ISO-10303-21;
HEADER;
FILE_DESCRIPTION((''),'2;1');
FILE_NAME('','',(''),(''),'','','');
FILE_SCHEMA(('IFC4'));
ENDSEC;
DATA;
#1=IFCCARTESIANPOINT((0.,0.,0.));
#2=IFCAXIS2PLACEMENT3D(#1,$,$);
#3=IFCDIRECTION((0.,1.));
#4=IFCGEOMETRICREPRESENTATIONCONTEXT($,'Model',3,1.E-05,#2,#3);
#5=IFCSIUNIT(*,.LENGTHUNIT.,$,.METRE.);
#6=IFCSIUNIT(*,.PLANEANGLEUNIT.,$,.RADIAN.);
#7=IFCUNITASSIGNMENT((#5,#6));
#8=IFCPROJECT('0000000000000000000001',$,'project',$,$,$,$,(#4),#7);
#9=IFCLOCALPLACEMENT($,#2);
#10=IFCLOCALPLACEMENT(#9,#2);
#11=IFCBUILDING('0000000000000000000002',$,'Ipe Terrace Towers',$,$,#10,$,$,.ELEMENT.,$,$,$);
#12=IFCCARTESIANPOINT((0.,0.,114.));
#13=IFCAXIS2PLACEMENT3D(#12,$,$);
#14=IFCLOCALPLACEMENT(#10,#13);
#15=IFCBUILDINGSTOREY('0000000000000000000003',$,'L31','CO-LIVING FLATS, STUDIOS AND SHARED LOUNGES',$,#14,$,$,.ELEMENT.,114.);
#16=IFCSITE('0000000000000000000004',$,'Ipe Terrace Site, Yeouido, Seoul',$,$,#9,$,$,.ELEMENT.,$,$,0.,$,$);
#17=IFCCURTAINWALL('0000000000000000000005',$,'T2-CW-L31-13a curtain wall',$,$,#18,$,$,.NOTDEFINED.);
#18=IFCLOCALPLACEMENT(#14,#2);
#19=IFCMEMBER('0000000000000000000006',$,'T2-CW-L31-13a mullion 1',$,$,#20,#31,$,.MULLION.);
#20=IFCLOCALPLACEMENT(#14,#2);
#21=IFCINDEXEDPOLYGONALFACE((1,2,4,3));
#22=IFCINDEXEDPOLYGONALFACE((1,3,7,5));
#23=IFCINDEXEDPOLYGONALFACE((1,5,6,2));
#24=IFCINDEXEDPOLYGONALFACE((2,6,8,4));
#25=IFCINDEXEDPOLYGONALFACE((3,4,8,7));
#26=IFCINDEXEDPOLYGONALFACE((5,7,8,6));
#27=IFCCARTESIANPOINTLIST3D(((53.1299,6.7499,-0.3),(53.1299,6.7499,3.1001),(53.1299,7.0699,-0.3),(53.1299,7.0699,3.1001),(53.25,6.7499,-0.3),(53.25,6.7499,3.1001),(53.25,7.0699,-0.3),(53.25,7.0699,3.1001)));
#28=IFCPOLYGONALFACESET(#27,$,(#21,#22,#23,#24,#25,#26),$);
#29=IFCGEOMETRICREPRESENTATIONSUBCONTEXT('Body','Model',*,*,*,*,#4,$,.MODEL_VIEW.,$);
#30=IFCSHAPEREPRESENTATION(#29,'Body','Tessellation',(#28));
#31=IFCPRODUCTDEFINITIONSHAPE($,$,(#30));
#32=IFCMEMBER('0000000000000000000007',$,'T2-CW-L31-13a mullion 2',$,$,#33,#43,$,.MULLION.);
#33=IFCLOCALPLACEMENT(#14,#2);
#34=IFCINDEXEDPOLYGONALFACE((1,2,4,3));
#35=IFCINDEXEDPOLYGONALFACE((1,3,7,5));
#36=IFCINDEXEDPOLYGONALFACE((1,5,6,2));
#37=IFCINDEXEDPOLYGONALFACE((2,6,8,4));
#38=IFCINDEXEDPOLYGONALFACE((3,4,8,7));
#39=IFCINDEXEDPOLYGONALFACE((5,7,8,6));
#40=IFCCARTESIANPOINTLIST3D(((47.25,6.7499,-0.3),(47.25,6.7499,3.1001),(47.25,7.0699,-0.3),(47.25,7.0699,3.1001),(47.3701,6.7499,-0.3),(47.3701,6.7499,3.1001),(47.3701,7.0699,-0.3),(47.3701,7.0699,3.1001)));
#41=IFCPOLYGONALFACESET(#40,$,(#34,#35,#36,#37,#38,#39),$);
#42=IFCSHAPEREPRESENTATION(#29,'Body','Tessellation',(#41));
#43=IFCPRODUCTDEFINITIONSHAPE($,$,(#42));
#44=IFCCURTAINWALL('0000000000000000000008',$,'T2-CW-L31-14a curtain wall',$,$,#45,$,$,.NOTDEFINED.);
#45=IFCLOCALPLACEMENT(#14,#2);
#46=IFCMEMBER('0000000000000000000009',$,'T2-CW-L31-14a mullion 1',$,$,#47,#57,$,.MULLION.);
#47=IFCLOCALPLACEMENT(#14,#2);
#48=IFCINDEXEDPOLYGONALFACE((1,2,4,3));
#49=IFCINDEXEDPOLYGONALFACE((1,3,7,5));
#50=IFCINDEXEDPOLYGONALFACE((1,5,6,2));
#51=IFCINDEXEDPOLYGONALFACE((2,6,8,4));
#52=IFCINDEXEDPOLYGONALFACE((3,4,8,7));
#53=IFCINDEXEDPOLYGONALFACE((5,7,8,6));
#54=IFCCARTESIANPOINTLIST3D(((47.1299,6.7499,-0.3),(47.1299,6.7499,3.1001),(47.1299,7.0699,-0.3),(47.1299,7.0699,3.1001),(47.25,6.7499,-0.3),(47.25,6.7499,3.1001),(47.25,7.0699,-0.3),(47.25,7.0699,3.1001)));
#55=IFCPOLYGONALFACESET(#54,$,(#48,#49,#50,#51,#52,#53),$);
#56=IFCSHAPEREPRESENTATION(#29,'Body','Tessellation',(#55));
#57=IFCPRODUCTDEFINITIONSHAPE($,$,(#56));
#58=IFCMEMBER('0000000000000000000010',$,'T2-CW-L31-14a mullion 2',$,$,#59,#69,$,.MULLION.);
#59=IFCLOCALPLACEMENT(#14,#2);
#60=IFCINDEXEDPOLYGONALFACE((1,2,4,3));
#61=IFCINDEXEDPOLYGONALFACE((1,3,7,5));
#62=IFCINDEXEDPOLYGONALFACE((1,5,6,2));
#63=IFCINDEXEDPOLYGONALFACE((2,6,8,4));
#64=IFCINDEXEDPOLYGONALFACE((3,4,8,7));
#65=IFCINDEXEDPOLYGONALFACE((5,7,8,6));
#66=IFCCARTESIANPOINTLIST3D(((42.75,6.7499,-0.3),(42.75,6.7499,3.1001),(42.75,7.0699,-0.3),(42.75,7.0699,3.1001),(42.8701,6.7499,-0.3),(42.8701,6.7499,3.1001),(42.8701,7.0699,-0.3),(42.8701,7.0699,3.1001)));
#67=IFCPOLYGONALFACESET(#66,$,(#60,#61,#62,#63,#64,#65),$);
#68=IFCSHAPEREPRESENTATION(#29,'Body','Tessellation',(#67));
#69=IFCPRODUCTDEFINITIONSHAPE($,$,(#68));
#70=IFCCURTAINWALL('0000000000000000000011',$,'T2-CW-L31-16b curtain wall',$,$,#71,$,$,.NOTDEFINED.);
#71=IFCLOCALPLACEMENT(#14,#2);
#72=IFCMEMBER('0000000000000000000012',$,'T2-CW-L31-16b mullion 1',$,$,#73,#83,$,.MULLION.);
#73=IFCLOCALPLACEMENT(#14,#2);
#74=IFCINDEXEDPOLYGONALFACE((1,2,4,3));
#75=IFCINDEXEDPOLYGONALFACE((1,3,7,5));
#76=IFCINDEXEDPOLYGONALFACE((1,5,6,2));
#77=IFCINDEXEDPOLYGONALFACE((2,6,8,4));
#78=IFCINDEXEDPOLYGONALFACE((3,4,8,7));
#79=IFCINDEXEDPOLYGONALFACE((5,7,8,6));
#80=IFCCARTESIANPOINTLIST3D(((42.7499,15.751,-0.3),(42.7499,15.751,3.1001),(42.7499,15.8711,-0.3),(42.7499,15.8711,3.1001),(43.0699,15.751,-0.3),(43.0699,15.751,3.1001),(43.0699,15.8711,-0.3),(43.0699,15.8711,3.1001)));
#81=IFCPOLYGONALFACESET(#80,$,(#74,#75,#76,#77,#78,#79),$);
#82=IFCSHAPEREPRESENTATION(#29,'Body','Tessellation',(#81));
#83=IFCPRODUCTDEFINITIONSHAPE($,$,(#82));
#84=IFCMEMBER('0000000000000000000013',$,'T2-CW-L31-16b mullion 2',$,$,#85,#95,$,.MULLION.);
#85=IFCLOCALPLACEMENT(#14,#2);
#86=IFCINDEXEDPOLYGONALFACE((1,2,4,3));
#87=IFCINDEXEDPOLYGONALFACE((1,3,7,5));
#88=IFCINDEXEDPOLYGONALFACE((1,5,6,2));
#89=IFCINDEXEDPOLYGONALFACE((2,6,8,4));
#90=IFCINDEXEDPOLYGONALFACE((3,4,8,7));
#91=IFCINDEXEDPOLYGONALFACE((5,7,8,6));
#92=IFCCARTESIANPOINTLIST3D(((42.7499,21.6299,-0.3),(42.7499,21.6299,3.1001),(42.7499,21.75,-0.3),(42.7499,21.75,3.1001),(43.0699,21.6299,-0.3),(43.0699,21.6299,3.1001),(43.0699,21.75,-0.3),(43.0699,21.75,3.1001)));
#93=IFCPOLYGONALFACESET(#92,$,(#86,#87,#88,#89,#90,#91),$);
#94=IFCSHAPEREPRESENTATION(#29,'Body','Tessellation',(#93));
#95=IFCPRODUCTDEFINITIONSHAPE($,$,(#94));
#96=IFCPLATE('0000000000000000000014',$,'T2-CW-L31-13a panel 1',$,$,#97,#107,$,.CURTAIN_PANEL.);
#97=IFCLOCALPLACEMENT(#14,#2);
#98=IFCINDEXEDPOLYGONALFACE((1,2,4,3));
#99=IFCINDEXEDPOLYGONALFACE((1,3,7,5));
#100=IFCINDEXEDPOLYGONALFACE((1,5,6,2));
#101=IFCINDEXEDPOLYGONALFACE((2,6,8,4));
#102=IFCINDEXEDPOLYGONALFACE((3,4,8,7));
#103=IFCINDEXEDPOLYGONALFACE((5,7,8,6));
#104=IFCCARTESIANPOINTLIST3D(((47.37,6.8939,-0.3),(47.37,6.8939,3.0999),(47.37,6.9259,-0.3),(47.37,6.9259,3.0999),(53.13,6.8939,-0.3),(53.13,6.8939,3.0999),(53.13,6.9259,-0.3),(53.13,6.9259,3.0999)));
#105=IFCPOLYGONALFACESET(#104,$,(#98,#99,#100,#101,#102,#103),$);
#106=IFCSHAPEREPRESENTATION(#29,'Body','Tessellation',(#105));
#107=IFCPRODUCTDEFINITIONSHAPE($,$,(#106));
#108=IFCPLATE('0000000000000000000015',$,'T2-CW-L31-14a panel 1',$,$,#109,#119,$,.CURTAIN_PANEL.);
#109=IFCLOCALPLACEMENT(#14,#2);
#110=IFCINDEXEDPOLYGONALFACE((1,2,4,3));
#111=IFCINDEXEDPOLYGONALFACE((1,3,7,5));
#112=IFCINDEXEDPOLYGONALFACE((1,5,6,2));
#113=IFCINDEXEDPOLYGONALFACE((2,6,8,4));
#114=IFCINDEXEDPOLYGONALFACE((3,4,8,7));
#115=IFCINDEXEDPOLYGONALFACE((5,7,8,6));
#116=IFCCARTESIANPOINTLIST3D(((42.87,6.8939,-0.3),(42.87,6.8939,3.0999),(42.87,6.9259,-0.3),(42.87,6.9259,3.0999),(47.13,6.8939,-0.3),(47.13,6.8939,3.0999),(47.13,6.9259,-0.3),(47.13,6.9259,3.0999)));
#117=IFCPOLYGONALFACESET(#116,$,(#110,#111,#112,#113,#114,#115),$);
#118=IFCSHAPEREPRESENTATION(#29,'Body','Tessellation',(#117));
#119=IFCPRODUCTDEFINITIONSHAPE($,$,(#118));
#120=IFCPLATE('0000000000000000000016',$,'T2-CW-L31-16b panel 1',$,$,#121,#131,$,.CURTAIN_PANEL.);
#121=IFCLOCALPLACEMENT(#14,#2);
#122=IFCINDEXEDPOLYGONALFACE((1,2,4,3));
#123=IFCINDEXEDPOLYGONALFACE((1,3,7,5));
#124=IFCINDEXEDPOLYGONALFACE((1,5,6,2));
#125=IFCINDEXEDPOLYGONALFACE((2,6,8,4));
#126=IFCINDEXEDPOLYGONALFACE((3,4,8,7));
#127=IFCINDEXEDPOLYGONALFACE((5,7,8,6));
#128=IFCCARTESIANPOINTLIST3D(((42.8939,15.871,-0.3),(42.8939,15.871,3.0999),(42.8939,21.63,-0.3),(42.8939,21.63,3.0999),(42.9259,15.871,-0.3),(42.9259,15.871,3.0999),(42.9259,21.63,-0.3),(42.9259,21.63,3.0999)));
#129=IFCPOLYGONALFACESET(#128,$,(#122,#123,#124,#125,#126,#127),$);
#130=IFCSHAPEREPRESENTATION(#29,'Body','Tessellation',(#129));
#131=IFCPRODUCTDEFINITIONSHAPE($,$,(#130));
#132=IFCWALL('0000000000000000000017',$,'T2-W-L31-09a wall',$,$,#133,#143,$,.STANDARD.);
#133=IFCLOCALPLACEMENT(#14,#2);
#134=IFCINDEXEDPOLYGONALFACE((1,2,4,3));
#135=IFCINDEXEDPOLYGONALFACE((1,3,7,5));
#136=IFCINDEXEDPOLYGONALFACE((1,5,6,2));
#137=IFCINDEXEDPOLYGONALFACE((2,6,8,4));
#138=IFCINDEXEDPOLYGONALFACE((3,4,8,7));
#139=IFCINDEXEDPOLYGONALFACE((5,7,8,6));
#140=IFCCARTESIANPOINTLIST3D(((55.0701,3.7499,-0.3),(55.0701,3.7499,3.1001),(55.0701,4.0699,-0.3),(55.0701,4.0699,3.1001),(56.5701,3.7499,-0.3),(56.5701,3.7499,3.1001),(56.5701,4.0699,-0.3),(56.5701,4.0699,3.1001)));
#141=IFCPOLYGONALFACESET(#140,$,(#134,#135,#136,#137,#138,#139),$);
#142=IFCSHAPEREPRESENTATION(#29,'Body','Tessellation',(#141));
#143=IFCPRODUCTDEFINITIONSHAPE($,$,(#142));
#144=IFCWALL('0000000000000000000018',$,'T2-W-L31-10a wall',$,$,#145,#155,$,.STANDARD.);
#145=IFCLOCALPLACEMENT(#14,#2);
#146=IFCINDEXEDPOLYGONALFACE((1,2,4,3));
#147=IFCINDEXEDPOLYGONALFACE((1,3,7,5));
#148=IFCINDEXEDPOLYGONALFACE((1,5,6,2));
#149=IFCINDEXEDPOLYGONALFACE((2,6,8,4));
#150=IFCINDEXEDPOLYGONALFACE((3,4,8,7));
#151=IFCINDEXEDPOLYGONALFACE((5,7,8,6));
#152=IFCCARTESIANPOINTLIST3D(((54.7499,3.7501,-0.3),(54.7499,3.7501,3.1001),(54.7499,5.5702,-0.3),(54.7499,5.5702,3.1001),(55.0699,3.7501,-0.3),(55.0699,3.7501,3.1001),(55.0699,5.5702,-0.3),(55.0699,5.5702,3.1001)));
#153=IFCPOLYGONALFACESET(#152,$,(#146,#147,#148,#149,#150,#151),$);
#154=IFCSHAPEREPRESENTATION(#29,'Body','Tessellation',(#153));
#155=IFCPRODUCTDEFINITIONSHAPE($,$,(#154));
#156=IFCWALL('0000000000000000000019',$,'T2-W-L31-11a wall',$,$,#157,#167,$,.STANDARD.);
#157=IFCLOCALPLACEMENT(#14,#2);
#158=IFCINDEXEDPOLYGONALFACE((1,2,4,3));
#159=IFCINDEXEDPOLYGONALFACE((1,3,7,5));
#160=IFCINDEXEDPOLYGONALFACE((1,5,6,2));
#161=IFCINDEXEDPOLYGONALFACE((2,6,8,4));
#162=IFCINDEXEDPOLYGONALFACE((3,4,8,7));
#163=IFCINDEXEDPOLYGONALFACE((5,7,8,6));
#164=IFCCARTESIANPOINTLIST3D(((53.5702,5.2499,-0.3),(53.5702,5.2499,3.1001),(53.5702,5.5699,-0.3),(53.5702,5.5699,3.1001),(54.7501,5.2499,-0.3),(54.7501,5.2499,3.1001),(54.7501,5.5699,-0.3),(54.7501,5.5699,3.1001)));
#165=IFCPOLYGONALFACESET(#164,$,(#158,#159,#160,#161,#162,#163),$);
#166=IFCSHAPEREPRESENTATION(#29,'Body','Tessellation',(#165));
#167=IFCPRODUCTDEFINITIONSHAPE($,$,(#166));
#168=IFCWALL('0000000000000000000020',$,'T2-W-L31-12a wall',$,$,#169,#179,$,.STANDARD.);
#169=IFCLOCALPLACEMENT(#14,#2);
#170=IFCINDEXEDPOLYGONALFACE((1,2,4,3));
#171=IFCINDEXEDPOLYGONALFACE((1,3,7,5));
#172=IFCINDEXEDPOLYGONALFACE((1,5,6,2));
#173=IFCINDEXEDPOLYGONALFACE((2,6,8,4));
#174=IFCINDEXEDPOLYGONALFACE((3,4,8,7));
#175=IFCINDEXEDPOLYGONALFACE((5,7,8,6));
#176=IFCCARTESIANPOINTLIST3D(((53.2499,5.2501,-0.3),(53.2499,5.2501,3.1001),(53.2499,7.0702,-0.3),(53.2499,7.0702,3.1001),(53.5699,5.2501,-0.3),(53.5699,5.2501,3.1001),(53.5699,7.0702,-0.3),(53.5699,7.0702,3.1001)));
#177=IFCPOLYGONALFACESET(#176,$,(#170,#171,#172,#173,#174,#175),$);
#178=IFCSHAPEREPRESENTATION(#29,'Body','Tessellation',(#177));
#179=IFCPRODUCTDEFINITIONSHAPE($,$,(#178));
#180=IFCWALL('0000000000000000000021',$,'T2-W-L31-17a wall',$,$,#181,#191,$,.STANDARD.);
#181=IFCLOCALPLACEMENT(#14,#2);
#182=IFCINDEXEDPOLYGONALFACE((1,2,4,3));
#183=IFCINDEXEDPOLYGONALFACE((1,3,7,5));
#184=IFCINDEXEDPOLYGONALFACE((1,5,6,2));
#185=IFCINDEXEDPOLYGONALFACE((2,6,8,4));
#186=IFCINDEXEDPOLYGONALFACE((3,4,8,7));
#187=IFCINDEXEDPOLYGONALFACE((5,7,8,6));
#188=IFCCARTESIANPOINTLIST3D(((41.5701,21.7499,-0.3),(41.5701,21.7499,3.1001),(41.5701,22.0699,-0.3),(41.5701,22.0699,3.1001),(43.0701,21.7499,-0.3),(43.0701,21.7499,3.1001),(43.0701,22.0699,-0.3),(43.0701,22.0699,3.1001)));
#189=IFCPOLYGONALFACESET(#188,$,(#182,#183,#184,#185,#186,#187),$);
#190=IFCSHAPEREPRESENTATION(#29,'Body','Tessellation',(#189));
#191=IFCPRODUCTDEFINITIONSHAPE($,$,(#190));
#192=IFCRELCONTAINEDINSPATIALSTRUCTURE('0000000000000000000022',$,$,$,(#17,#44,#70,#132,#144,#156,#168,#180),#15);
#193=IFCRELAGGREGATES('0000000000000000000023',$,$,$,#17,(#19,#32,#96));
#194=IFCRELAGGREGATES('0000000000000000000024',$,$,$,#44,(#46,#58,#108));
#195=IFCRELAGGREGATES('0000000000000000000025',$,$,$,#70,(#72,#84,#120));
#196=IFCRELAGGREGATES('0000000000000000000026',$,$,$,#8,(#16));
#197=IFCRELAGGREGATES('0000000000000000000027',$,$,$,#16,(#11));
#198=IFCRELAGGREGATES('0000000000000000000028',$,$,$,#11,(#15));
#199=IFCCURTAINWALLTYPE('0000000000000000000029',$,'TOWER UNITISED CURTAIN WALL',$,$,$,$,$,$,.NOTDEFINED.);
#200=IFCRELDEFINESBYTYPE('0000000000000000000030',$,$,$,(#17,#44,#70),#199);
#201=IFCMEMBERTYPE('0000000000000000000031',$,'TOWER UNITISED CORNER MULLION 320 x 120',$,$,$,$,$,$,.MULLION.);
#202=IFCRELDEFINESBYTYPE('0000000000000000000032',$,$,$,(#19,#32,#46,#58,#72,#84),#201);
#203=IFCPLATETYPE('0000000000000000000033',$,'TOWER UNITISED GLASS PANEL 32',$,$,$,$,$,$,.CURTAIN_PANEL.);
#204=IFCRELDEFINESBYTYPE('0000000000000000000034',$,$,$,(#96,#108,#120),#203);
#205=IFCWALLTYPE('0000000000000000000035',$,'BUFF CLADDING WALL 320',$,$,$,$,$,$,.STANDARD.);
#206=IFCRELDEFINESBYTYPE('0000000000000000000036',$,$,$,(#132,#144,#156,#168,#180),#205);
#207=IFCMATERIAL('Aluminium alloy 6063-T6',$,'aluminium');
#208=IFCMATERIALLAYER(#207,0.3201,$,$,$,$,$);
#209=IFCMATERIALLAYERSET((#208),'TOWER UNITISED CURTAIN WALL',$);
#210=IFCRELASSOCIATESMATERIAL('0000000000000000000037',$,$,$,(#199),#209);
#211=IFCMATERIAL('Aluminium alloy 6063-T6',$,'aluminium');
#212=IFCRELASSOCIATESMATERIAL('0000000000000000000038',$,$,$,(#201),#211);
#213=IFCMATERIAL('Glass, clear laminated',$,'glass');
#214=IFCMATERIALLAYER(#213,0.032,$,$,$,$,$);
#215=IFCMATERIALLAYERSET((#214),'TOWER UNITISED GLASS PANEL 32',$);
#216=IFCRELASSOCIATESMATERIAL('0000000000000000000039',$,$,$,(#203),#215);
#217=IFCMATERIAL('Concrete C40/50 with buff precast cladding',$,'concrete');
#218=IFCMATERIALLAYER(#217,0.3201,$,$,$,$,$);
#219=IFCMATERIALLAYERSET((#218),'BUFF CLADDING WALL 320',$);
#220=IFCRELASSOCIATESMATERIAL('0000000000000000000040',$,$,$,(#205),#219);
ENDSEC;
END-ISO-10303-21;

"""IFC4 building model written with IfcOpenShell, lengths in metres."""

from ifc_helpers import new_model, si_unit, direction, frame, frame_2d, origin, origin_2d, place, context, subcontext, project, spatial, rectangle, extrude, material, layer, layer_set, material_profile, profile_set, type_object, element, aggregate, save


model = new_model("IFC4")

# Units and contexts
model_context = context("Model", 3, precision=1e-05, world=origin(), true_north=direction((0.0, 1.0)))
body_context = subcontext(model_context, "Body", "Model", "MODEL_VIEW")
ifc_project = project(units=[si_unit("LENGTHUNIT", "METRE"), si_unit("PLANEANGLEUNIT", "RADIAN")], contexts=[model_context])

# Site, building, storey
site_placement = place(None, origin())
site = spatial("IfcSite", under=ifc_project, at=site_placement, Name="Ipe Terrace Site, Yeouido, Seoul", CompositionType="ELEMENT", RefElevation=0.0)
building_placement = place(site_placement, origin())
building = spatial("IfcBuilding", under=site, at=building_placement, Name="Ipe Terrace Towers", CompositionType="ELEMENT")
storey_placement = place(building_placement, frame((0.0, 0.0, 114.0)))
storey = spatial("IfcBuildingStorey", under=building, at=storey_placement, Name="L31", Description="CO-LIVING FLATS, STUDIOS AND SHARED LOUNGES", CompositionType="ELEMENT", Elevation=114.0)

# Shared definitions
ifc_material_1 = material(Name="Aluminium alloy 6063-T6", Category="aluminium")
ifc_layer_1 = layer(ifc_material_1, 0.3201)
ifc_layer_set_1 = layer_set([ifc_layer_1], Name="TOWER UNITISED CURTAIN WALL")
curtain_wall_type = type_object("IfcCurtainWallType", Name="TOWER UNITISED CURTAIN WALL", PredefinedType="NOTDEFINED", material=ifc_layer_set_1)
ifc_material_2 = material(Name="Aluminium alloy 6063-T6", Category="aluminium")
ifc_material_profile_1 = material_profile(ifc_material_2, rectangle(XDim=0.3201, YDim=0.1201, at=origin_2d()), Name="TOWER UNITISED CORNER MULLION 320 x 120")
ifc_profile_set_1 = profile_set([ifc_material_profile_1], Name="Aluminium alloy 6063-T6")
member_type = type_object("IfcMemberType", Name="TOWER UNITISED CORNER MULLION 320 x 120", PredefinedType="MULLION", material=ifc_profile_set_1)

# Curtain walls, members
curtain_wall_1_placement = place(storey_placement, origin())
curtain_wall_1 = element("IfcCurtainWall", 1, at=curtain_wall_1_placement, inside=storey, type_object=curtain_wall_type, Name="T2-CW-L31-13a curtain wall", PredefinedType="NOTDEFINED")
member_1_placement = place(storey_placement, frame((53.1899, 6.9099, -0.3), z_axis=(0.0, 0.0, 1.0), x_axis=(0.0, 1.0, 0.0)))
member_1 = element("IfcMember", 2, at=member_1_placement, type_object=member_type, Name="T2-CW-L31-13a mullion 1", PredefinedType="MULLION", context=body_context, shape_type="SweptSolid", body=[
    extrude(rectangle(XDim=0.3201, YDim=0.1201, at=origin_2d()), origin(), (0.0, 0.0, 1.0), 3.4001),
])
member_2_placement = place(storey_placement, frame((47.3101, 6.9099, -0.3), z_axis=(0.0, 0.0, 1.0), x_axis=(0.0, 1.0, 0.0)))
member_2 = element("IfcMember", 3, at=member_2_placement, type_object=member_type, Name="T2-CW-L31-13a mullion 2", PredefinedType="MULLION", context=body_context, shape_type="SweptSolid", body=[
    extrude(rectangle(XDim=0.3201, YDim=0.1201, at=origin_2d()), origin(), (0.0, 0.0, 1.0), 3.4001),
])
curtain_wall_2_placement = place(storey_placement, origin())
curtain_wall_2 = element("IfcCurtainWall", 4, at=curtain_wall_2_placement, inside=storey, type_object=curtain_wall_type, Name="T2-CW-L31-14a curtain wall", PredefinedType="NOTDEFINED")
member_3_placement = place(storey_placement, frame((47.1899, 6.9099, -0.3), z_axis=(0.0, 0.0, 1.0), x_axis=(0.0, 1.0, 0.0)))
member_3 = element("IfcMember", 5, at=member_3_placement, type_object=member_type, Name="T2-CW-L31-14a mullion 1", PredefinedType="MULLION", context=body_context, shape_type="SweptSolid", body=[
    extrude(rectangle(XDim=0.3201, YDim=0.1201, at=origin_2d()), origin(), (0.0, 0.0, 1.0), 3.4001),
])
member_4_placement = place(storey_placement, frame((42.8101, 6.9099, -0.3), z_axis=(0.0, 0.0, 1.0), x_axis=(0.0, 1.0, 0.0)))
member_4 = element("IfcMember", 6, at=member_4_placement, type_object=member_type, Name="T2-CW-L31-14a mullion 2", PredefinedType="MULLION", context=body_context, shape_type="SweptSolid", body=[
    extrude(rectangle(XDim=0.3201, YDim=0.1201, at=origin_2d()), origin(), (0.0, 0.0, 1.0), 3.4001),
])
curtain_wall_3_placement = place(storey_placement, origin())
curtain_wall_3 = element("IfcCurtainWall", 7, at=curtain_wall_3_placement, inside=storey, type_object=curtain_wall_type, Name="T2-CW-L31-16b curtain wall", PredefinedType="NOTDEFINED")
member_5_placement = place(storey_placement, frame((42.9099, 15.811, -0.3), z_axis=(0.0, 0.0, 1.0), x_axis=(1.0, 0.0, 0.0)))
member_5 = element("IfcMember", 8, at=member_5_placement, type_object=member_type, Name="T2-CW-L31-16b mullion 1", PredefinedType="MULLION", context=body_context, shape_type="SweptSolid", body=[
    extrude(rectangle(XDim=0.3201, YDim=0.1201, at=origin_2d()), origin(), (0.0, 0.0, 1.0), 3.4001),
])
member_6_placement = place(storey_placement, frame((42.9099, 21.6899, -0.3), z_axis=(0.0, 0.0, 1.0), x_axis=(1.0, 0.0, 0.0)))
member_6 = element("IfcMember", 9, at=member_6_placement, type_object=member_type, Name="T2-CW-L31-16b mullion 2", PredefinedType="MULLION", context=body_context, shape_type="SweptSolid", body=[
    extrude(rectangle(XDim=0.3201, YDim=0.1201, at=origin_2d()), origin(), (0.0, 0.0, 1.0), 3.4001),
])

# Plates
ifc_material_3 = material(Name="Glass, clear laminated", Category="glass")
ifc_layer_2 = layer(ifc_material_3, 0.032)
ifc_layer_set_2 = layer_set([ifc_layer_2], Name="TOWER UNITISED GLASS PANEL 32")
plate_type = type_object("IfcPlateType", Name="TOWER UNITISED GLASS PANEL 32", PredefinedType="CURTAIN_PANEL", material=ifc_layer_set_2)
plate_1_placement = place(storey_placement, frame((50.25, 6.9099, -0.3), z_axis=(0.0, 0.0, 1.0), x_axis=(-1.0, 0.0, 0.0)))
plate_1 = element("IfcPlate", 10, at=plate_1_placement, type_object=plate_type, Name="T2-CW-L31-13a panel 1", PredefinedType="CURTAIN_PANEL", context=body_context, shape_type="SweptSolid", body=[
    extrude(rectangle(XDim=5.76, YDim=0.032, at=origin_2d()), origin(), (0.0, 0.0, 1.0), 3.3999),
])
aggregate(curtain_wall_1, [member_1, member_2, plate_1])
plate_2_placement = place(storey_placement, frame((45.0, 6.9099, -0.3), z_axis=(0.0, 0.0, 1.0), x_axis=(-1.0, 0.0, 0.0)))
plate_2 = element("IfcPlate", 11, at=plate_2_placement, type_object=plate_type, Name="T2-CW-L31-14a panel 1", PredefinedType="CURTAIN_PANEL", context=body_context, shape_type="SweptSolid", body=[
    extrude(rectangle(XDim=4.26, YDim=0.032, at=origin_2d()), origin(), (0.0, 0.0, 1.0), 3.3999),
])
aggregate(curtain_wall_2, [member_3, member_4, plate_2])
plate_3_placement = place(storey_placement, frame((42.9099, 18.7505, -0.3), z_axis=(0.0, 0.0, 1.0), x_axis=(0.0, 1.0, 0.0)))
plate_3 = element("IfcPlate", 12, at=plate_3_placement, type_object=plate_type, Name="T2-CW-L31-16b panel 1", PredefinedType="CURTAIN_PANEL", context=body_context, shape_type="SweptSolid", body=[
    extrude(rectangle(XDim=5.759, YDim=0.032, at=origin_2d()), origin(), (0.0, 0.0, 1.0), 3.3999),
])
aggregate(curtain_wall_3, [member_5, member_6, plate_3])

# Walls
ifc_material_4 = material(Name="Concrete C40/50 with buff precast cladding", Category="concrete")
ifc_layer_3 = layer(ifc_material_4, 0.3201)
ifc_layer_set_3 = layer_set([ifc_layer_3], Name="BUFF CLADDING WALL 320")
wall_type_1 = type_object("IfcWallType", Name="BUFF CLADDING WALL 320", PredefinedType="STANDARD", material=ifc_layer_set_3)
wall_1_placement = place(storey_placement, frame((56.5701, 3.9099, -0.3), z_axis=(0.0, 0.0, 1.0), x_axis=(-1.0, 0.0, 0.0)))
element("IfcWall", 13, at=wall_1_placement, inside=storey, type_object=wall_type_1, Name="T2-W-L31-09a wall", PredefinedType="STANDARD", context=body_context, shape_type="SweptSolid", body=[
    extrude(rectangle(XDim=1.5, YDim=0.3201, at=frame_2d((0.75, 0.0))), origin(), (0.0, 0.0, 1.0), 3.4001),
])
wall_2_placement = place(storey_placement, frame((54.9099, 3.75, -0.3), z_axis=(0.0, 0.0, 1.0), x_axis=(0.0, 1.0, 0.0)))
element("IfcWall", 14, at=wall_2_placement, inside=storey, type_object=wall_type_1, Name="T2-W-L31-10a wall", PredefinedType="STANDARD", context=body_context, shape_type="SweptSolid", body=[
    extrude(rectangle(XDim=1.8201, YDim=0.3201, at=frame_2d((0.9102, 0.0))), origin(), (0.0, 0.0, 1.0), 3.4001),
])
wall_3_placement = place(storey_placement, frame((54.75, 5.4099, -0.3), z_axis=(0.0, 0.0, 1.0), x_axis=(-1.0, 0.0, 0.0)))
element("IfcWall", 15, at=wall_3_placement, inside=storey, type_object=wall_type_1, Name="T2-W-L31-11a wall", PredefinedType="STANDARD", context=body_context, shape_type="SweptSolid", body=[
    extrude(rectangle(XDim=1.1799, YDim=0.3201, at=frame_2d((0.5898, 0.0))), origin(), (0.0, 0.0, 1.0), 3.4001),
])
wall_4_placement = place(storey_placement, frame((53.4099, 5.25, -0.3), z_axis=(0.0, 0.0, 1.0), x_axis=(0.0, 1.0, 0.0)))
element("IfcWall", 16, at=wall_4_placement, inside=storey, type_object=wall_type_1, Name="T2-W-L31-12a wall", PredefinedType="STANDARD", context=body_context, shape_type="SweptSolid", body=[
    extrude(rectangle(XDim=1.8201, YDim=0.3201, at=frame_2d((0.9102, 0.0))), origin(), (0.0, 0.0, 1.0), 3.4001),
])
wall_5_placement = place(storey_placement, frame((43.0701, 21.9099, -0.3), z_axis=(0.0, 0.0, 1.0), x_axis=(-1.0, 0.0, 0.0)))
element("IfcWall", 17, at=wall_5_placement, inside=storey, type_object=wall_type_1, Name="T2-W-L31-17a wall", PredefinedType="STANDARD", context=body_context, shape_type="SweptSolid", body=[
    extrude(rectangle(XDim=1.5, YDim=0.3201, at=frame_2d((0.75, 0.0))), origin(), (0.0, 0.0, 1.0), 3.4001),
])

save(model, "model.ifc")
